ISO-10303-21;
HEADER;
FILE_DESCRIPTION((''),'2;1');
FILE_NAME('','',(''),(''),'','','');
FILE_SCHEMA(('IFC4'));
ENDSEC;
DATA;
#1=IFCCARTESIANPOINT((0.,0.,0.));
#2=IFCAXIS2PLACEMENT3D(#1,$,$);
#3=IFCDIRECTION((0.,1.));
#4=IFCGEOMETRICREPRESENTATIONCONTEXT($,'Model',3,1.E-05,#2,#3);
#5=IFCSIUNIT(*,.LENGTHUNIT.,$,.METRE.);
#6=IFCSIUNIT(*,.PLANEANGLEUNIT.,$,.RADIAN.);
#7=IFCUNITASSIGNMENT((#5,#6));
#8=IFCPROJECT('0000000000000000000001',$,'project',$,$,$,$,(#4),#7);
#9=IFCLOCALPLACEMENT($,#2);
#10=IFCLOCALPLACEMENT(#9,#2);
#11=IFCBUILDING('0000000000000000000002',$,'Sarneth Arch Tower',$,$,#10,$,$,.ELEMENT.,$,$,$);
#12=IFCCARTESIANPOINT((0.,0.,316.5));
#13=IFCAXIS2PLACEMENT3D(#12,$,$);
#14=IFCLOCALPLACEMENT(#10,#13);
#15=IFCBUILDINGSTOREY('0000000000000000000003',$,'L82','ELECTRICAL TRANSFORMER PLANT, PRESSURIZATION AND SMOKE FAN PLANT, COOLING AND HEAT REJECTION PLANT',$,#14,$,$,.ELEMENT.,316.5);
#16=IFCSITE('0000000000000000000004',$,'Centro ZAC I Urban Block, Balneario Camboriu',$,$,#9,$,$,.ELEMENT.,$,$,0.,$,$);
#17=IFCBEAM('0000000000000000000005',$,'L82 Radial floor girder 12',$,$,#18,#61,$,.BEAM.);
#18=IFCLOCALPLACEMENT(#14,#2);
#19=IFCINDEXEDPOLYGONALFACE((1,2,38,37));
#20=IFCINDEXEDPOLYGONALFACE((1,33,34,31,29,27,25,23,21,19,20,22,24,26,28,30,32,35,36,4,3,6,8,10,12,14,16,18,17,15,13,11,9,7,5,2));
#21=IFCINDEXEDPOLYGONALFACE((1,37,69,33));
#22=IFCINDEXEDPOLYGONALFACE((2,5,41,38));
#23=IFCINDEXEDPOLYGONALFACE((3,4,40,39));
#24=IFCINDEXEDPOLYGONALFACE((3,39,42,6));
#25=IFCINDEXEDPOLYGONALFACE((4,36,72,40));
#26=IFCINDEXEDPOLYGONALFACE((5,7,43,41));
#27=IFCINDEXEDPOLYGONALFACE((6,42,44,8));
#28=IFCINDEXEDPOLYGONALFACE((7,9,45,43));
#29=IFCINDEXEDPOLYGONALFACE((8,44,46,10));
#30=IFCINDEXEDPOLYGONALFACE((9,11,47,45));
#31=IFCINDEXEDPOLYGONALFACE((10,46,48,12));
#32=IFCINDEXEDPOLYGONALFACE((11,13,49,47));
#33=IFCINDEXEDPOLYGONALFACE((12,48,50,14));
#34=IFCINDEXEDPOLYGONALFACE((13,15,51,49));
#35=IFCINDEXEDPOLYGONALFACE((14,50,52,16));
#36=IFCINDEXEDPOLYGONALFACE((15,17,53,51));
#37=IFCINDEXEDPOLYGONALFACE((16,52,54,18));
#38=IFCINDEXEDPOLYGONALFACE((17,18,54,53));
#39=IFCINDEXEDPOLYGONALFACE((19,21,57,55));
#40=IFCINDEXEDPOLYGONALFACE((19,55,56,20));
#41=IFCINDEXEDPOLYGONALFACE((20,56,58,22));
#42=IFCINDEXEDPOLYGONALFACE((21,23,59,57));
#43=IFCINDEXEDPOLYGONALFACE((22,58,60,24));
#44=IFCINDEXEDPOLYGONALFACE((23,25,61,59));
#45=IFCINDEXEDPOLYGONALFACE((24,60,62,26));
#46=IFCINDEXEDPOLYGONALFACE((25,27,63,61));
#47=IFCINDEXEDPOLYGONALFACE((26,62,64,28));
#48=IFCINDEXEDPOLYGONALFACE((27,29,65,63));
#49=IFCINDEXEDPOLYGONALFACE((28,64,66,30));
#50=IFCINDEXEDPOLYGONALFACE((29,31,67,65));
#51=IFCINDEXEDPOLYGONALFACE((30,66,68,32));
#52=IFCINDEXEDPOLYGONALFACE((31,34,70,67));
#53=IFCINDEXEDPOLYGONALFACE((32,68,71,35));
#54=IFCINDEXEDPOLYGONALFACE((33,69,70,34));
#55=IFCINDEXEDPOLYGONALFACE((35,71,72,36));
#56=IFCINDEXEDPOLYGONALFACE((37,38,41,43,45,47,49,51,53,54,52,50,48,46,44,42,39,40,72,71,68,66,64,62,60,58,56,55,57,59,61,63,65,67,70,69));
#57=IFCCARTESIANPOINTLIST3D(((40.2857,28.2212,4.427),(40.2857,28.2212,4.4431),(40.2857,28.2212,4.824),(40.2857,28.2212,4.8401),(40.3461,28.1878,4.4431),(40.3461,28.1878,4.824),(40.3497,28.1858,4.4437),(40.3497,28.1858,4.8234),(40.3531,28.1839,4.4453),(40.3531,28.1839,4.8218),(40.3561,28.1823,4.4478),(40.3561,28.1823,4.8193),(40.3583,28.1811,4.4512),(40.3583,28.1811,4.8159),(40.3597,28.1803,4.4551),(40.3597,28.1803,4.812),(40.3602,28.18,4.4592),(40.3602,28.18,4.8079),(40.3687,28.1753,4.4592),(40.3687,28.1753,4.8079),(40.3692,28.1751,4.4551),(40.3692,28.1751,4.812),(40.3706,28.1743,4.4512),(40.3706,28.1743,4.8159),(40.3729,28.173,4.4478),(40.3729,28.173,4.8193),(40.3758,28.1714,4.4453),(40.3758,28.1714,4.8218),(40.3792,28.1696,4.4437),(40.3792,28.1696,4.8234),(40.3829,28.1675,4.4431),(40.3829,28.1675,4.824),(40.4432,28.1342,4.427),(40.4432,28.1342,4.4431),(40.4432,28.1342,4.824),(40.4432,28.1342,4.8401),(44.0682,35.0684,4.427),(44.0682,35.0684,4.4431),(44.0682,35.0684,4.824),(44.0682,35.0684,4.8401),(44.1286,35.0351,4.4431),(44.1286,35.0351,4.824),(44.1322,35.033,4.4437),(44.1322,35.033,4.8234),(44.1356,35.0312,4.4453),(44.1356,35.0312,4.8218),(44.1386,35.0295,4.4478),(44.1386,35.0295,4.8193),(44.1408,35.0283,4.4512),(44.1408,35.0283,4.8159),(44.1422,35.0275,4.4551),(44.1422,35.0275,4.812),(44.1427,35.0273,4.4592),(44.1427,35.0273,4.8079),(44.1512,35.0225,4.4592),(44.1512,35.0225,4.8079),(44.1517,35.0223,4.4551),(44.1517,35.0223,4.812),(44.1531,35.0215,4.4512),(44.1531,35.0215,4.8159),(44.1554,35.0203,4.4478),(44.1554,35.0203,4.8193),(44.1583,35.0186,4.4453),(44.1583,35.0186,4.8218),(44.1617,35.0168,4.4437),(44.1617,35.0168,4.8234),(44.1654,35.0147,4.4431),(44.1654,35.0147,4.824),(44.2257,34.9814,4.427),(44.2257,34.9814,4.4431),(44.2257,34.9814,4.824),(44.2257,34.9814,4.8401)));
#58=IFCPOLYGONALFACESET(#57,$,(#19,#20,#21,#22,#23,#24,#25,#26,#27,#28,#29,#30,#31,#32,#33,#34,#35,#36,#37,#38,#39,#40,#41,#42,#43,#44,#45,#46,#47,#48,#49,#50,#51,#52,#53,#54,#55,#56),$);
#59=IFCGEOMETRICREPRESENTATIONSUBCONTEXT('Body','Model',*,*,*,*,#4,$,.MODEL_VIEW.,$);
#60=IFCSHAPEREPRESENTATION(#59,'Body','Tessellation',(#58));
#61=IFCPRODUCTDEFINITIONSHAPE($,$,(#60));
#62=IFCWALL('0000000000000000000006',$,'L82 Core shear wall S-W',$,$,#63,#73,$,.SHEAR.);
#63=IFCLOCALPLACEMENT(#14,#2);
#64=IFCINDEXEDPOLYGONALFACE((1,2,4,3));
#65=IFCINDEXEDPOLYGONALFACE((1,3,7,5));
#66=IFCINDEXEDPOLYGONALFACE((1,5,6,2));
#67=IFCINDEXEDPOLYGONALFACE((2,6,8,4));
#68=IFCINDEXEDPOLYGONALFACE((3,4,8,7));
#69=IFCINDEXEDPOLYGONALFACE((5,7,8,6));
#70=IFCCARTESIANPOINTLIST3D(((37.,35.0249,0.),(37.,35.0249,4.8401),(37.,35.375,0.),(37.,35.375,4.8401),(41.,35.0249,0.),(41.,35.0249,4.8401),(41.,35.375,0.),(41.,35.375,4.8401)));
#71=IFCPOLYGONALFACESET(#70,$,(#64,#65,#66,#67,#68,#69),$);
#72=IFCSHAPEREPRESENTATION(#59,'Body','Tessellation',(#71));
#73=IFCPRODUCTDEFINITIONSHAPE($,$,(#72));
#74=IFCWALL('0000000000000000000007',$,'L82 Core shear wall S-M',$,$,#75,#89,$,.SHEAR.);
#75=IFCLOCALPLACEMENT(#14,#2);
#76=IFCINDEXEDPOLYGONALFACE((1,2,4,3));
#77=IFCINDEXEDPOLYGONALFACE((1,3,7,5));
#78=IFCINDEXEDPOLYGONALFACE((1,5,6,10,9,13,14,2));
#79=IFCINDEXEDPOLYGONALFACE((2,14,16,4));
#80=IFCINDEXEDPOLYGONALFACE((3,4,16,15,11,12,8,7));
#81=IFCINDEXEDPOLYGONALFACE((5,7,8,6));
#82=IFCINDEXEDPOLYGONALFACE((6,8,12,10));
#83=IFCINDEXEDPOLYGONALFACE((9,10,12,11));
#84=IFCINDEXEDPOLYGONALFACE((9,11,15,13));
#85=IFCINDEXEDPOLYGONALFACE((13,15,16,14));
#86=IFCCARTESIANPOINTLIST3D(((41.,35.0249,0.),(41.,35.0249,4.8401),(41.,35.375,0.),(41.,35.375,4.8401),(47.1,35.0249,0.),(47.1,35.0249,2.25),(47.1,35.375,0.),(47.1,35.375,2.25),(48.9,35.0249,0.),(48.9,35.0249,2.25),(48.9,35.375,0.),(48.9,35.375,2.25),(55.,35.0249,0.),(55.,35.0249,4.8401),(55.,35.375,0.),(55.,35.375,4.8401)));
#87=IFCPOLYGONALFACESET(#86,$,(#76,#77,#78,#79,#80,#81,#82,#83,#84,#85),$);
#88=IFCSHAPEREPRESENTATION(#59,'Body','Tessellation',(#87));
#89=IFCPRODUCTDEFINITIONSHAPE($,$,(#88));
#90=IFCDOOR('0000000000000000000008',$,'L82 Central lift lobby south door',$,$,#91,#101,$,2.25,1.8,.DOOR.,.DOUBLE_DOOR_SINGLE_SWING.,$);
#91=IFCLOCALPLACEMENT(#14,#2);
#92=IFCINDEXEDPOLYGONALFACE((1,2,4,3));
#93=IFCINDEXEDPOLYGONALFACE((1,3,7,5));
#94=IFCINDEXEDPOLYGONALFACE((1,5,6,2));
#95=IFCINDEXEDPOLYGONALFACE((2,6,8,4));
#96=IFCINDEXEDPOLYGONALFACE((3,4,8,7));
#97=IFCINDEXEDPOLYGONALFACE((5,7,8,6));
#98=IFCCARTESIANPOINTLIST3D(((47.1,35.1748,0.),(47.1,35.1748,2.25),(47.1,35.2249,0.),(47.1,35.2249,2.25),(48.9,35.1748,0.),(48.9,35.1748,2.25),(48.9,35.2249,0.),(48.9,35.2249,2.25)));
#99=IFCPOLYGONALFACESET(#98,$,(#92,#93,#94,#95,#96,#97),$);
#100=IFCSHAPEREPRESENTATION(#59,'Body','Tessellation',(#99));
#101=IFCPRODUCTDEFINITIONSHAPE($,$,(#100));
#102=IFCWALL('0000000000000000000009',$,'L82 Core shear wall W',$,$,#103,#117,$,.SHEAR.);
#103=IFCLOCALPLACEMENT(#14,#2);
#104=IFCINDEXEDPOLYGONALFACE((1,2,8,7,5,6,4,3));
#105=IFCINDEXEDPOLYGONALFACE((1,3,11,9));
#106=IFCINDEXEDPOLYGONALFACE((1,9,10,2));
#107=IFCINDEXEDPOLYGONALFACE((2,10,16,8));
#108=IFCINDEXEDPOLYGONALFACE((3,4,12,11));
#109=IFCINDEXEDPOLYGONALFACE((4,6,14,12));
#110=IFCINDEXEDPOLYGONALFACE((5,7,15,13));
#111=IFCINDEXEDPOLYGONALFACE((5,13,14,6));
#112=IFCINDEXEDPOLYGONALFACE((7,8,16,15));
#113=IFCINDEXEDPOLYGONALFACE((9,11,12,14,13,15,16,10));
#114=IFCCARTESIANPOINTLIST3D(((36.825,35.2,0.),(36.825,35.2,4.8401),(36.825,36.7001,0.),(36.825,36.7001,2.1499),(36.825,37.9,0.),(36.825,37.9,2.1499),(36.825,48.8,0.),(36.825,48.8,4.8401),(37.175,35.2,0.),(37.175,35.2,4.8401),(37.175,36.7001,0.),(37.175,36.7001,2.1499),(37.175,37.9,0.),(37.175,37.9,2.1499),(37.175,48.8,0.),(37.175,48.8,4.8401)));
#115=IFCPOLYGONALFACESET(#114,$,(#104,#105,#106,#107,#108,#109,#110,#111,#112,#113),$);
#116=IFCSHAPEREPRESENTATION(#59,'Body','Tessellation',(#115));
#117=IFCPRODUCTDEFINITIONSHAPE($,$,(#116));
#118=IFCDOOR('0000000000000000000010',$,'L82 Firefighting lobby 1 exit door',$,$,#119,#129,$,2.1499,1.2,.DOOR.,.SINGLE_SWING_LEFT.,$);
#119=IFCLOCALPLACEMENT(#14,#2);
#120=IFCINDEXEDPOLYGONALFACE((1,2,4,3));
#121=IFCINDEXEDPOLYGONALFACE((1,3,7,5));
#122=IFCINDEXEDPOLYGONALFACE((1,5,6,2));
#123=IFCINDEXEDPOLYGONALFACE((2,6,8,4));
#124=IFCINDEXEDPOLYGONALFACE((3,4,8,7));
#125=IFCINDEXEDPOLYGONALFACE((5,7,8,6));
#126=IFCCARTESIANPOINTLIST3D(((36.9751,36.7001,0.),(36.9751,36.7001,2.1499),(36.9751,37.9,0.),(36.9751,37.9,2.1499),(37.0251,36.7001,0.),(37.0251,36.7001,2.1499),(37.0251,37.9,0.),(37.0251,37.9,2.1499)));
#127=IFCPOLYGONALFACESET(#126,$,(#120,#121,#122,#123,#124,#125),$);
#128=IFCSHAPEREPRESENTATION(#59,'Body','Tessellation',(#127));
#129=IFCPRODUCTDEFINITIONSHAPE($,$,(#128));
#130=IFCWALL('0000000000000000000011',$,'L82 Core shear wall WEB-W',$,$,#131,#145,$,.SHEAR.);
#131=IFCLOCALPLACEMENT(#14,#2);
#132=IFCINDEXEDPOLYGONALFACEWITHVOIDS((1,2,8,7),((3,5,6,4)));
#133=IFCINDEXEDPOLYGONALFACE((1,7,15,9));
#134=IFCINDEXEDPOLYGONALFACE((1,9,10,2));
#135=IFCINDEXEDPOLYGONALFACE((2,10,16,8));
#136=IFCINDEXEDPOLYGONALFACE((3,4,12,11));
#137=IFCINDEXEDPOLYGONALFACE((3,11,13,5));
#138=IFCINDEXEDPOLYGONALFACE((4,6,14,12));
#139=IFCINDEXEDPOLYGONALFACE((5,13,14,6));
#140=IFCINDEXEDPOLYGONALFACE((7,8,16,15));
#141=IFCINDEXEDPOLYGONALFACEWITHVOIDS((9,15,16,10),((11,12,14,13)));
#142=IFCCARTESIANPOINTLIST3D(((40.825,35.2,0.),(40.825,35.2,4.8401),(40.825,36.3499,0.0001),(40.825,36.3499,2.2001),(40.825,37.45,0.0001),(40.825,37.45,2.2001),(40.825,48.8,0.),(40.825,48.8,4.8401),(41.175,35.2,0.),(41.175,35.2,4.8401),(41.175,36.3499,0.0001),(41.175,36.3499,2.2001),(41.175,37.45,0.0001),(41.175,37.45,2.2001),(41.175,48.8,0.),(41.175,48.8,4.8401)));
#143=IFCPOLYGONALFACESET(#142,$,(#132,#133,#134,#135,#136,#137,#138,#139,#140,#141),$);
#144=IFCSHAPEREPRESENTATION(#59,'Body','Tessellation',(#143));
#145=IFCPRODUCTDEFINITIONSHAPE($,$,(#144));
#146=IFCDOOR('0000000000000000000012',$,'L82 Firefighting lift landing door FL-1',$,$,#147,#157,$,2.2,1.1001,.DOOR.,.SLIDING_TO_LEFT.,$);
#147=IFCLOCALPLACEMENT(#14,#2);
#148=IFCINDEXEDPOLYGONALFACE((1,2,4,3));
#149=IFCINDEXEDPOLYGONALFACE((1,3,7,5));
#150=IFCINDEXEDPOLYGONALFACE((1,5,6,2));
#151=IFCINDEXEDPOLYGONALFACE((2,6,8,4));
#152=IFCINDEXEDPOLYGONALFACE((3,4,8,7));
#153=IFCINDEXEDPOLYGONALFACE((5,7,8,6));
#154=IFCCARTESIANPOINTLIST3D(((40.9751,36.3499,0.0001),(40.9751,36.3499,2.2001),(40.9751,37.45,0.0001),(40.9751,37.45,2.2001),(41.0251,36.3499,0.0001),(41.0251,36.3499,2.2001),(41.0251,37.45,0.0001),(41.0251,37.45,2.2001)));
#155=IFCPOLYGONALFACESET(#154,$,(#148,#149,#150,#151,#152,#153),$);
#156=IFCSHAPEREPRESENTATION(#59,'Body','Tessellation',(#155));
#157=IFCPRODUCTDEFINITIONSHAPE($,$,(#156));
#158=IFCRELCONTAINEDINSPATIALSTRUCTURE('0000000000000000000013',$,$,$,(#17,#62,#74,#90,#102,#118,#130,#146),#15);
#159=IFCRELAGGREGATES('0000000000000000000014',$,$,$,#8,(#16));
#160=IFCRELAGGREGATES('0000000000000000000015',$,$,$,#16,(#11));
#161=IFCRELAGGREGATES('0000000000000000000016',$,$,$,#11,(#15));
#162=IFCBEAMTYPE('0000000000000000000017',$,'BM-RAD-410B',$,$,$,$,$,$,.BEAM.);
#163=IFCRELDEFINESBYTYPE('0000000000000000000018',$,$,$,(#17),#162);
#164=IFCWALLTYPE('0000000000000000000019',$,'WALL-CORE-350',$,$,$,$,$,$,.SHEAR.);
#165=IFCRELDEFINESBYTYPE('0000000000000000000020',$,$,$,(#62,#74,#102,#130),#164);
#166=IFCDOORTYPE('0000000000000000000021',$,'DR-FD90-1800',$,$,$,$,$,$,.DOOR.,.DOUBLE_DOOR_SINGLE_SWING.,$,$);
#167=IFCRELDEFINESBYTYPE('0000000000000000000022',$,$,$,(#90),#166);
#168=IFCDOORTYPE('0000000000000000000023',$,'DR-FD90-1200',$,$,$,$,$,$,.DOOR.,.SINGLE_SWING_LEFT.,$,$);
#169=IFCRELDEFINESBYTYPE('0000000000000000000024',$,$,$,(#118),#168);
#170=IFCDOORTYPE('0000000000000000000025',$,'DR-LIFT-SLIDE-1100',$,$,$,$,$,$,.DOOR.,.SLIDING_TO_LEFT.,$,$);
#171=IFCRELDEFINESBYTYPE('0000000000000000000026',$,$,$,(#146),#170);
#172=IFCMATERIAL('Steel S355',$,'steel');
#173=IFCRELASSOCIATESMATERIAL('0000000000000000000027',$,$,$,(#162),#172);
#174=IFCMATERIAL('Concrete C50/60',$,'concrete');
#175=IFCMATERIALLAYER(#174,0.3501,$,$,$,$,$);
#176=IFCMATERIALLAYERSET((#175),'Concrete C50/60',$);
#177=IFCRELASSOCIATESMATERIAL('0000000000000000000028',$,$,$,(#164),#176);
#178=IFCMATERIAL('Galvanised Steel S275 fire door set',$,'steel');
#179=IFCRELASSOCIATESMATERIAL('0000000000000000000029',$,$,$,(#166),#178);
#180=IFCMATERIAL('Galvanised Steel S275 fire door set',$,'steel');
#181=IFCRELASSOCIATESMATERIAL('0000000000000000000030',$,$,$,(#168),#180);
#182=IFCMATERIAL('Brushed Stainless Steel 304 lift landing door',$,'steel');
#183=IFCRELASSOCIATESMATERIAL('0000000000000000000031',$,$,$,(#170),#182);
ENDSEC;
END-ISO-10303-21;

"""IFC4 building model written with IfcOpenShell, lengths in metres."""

from ifc_helpers import new_model, si_unit, direction, frame, frame_2d, origin, origin_2d, place, context, subcontext, project, spatial, rectangle, i_section, extrude, material, layer, layer_set, material_profile, profile_set, type_object, element, fill, save


model = new_model("IFC4")

# Units and contexts
model_context = context("Model", 3, precision=1e-05, world=origin(), true_north=direction((0.0, 1.0)))
body_context = subcontext(model_context, "Body", "Model", "MODEL_VIEW")
ifc_project = project(units=[si_unit("LENGTHUNIT", "METRE"), si_unit("PLANEANGLEUNIT", "RADIAN")], contexts=[model_context])

# Site, building, storey
site_placement = place(None, origin())
site = spatial("IfcSite", under=ifc_project, at=site_placement, Name="Centro ZAC I Urban Block, Balneario Camboriu", CompositionType="ELEMENT", RefElevation=0.0)
building_placement = place(site_placement, origin())
building = spatial("IfcBuilding", under=site, at=building_placement, Name="Sarneth Arch Tower", CompositionType="ELEMENT")
storey_placement = place(building_placement, frame((0.0, 0.0, 316.5)))
storey = spatial("IfcBuildingStorey", under=building, at=storey_placement, Name="L82", Description="ELECTRICAL TRANSFORMER PLANT, PRESSURIZATION AND SMOKE FAN PLANT, COOLING AND HEAT REJECTION PLANT", CompositionType="ELEMENT", Elevation=316.5)

# Beam
ifc_material_1 = material(Name="Steel S355", Category="steel")
ifc_material_profile_1 = material_profile(ifc_material_1, i_section(OverallWidth=0.1799, OverallDepth=0.4131, WebThickness=0.0098, FlangeThickness=0.0161, FilletRadius=0.0161, at=origin_2d()), Name="W410x75")
ifc_profile_set_1 = profile_set([ifc_material_profile_1], Name="Steel S355")
beam_type_1 = type_object("IfcBeamType", Name="BM-RAD-410B", PredefinedType="BEAM", material=ifc_profile_set_1)
beam_1_placement = place(storey_placement, frame((44.147, 35.0249, 4.6335), z_axis=(-0.48354, -0.875322, 0.0), x_axis=(0.875322, -0.48354, 0.0)))
element("IfcBeam", 1, at=beam_1_placement, inside=storey, type_object=beam_type_1, Name="L82 Radial floor girder 12", PredefinedType="BEAM", context=body_context, shape_type="SweptSolid", body=[
    extrude(i_section(OverallWidth=0.1799, OverallDepth=0.4131, WebThickness=0.0098, FlangeThickness=0.0161, FilletRadius=0.0161, at=origin_2d()), origin(), (0.0, 0.0, 1.0), 7.8225),
])

# Wall
ifc_material_2 = material(Name="Concrete C50/60", Category="concrete")
ifc_layer_1 = layer(ifc_material_2, 0.3501)
ifc_layer_set_1 = layer_set([ifc_layer_1], Name="Concrete C50/60")
wall_type_1 = type_object("IfcWallType", Name="WALL-CORE-350", PredefinedType="SHEAR", material=ifc_layer_set_1)
wall_1_placement = place(storey_placement, frame((37.0, 35.2, 0.0), z_axis=(0.0, 0.0, 1.0), x_axis=(1.0, 0.0, 0.0)))
element("IfcWall", 2, at=wall_1_placement, inside=storey, type_object=wall_type_1, Name="L82 Core shear wall S-W", PredefinedType="SHEAR", context=body_context, shape_type="SweptSolid", body=[
    extrude(rectangle(XDim=4.0, YDim=0.3501, at=frame_2d((2.0, 0.0))), origin(), (0.0, 0.0, 1.0), 4.8401),
])

# Walls, openings, doors
wall_2_placement = place(storey_placement, frame((41.0, 35.2, 0.0), z_axis=(0.0, 0.0, 1.0), x_axis=(1.0, 0.0, 0.0)))
wall_2 = element("IfcWall", 3, at=wall_2_placement, inside=storey, type_object=wall_type_1, Name="L82 Core shear wall S-M", PredefinedType="SHEAR", context=body_context, shape_type="SweptSolid", body=[
    extrude(rectangle(XDim=14.0, YDim=0.3501, at=frame_2d((7.0, 0.0))), origin(), (0.0, 0.0, 1.0), 4.8401),
])
opening_1_placement = place(wall_2_placement, frame((6.1001, 0.0, 0.0)))
opening_1 = element("IfcOpeningElement", 4, at=opening_1_placement, cuts=wall_2, PredefinedType="OPENING", context=body_context, shape_type="SweptSolid", body=[
    extrude(rectangle(XDim=1.8, YDim=2.25, at=frame_2d((0.8999, 1.125))), frame((0.0, 0.1851, 0.0), z_axis=(0.0, -1.0, 0.0), x_axis=(1.0, 0.0, 0.0)), (0.0, 0.0, 1.0), 0.3701),
])
ifc_material_3 = material(Name="Galvanised Steel S275 fire door set", Category="steel")
door_type_1 = type_object("IfcDoorType", Name="DR-FD90-1800", OperationType="DOUBLE_DOOR_SINGLE_SWING", PredefinedType="DOOR", material=ifc_material_3)
door_1_placement = place(opening_1_placement, origin())
door_1 = element("IfcDoor", 5, at=door_1_placement, inside=storey, type_object=door_type_1, Name="L82 Central lift lobby south door", OperationType="DOUBLE_DOOR_SINGLE_SWING", OverallHeight=2.25, OverallWidth=1.8, PredefinedType="DOOR", context=body_context, shape_type="SweptSolid", body=[
    extrude(rectangle(XDim=1.8, YDim=2.25, at=frame_2d((0.8999, 1.125))), frame((0.0, 0.0249, 0.0), z_axis=(0.0, -1.0, 0.0), x_axis=(1.0, 0.0, 0.0)), (0.0, 0.0, 1.0), 0.05),
])
fill(opening_1, door_1)
wall_3_placement = place(storey_placement, frame((37.0, 35.2, 0.0), z_axis=(0.0, 0.0, 1.0), x_axis=(0.0, 1.0, 0.0)))
wall_3 = element("IfcWall", 6, at=wall_3_placement, inside=storey, type_object=wall_type_1, Name="L82 Core shear wall W", PredefinedType="SHEAR", context=body_context, shape_type="SweptSolid", body=[
    extrude(rectangle(XDim=13.6001, YDim=0.3501, at=frame_2d((6.8, 0.0))), origin(), (0.0, 0.0, 1.0), 4.8401),
])
opening_2_placement = place(wall_3_placement, frame((1.5, 0.0, 0.0)))
opening_2 = element("IfcOpeningElement", 7, at=opening_2_placement, cuts=wall_3, PredefinedType="OPENING", context=body_context, shape_type="SweptSolid", body=[
    extrude(rectangle(XDim=1.2, YDim=2.1499, at=frame_2d((0.6001, 1.075))), frame((0.0, 0.1851, 0.0), z_axis=(0.0, -1.0, 0.0), x_axis=(1.0, 0.0, 0.0)), (0.0, 0.0, 1.0), 0.3701),
])
ifc_material_4 = material(Name="Galvanised Steel S275 fire door set", Category="steel")
door_type_2 = type_object("IfcDoorType", Name="DR-FD90-1200", OperationType="SINGLE_SWING_LEFT", PredefinedType="DOOR", material=ifc_material_4)
door_2_placement = place(opening_2_placement, origin())
door_2 = element("IfcDoor", 8, at=door_2_placement, inside=storey, type_object=door_type_2, Name="L82 Firefighting lobby 1 exit door", OperationType="SINGLE_SWING_LEFT", OverallHeight=2.1499, OverallWidth=1.2, PredefinedType="DOOR", context=body_context, shape_type="SweptSolid", body=[
    extrude(rectangle(XDim=1.2, YDim=2.1499, at=frame_2d((0.6001, 1.075))), frame((0.0, 0.0249, 0.0), z_axis=(0.0, -1.0, 0.0), x_axis=(1.0, 0.0, 0.0)), (0.0, 0.0, 1.0), 0.05),
])
fill(opening_2, door_2)
wall_4_placement = place(storey_placement, frame((41.0, 35.2, 0.0), z_axis=(0.0, 0.0, 1.0), x_axis=(0.0, 1.0, 0.0)))
wall_4 = element("IfcWall", 9, at=wall_4_placement, inside=storey, type_object=wall_type_1, Name="L82 Core shear wall WEB-W", PredefinedType="SHEAR", context=body_context, shape_type="SweptSolid", body=[
    extrude(rectangle(XDim=13.6001, YDim=0.3501, at=frame_2d((6.8, 0.0))), origin(), (0.0, 0.0, 1.0), 4.8401),
])
opening_3_placement = place(wall_4_placement, frame((1.1499, 0.0, 0.0)))
opening_3 = element("IfcOpeningElement", 10, at=opening_3_placement, cuts=wall_4, PredefinedType="OPENING", context=body_context, shape_type="SweptSolid", body=[
    extrude(rectangle(XDim=1.1001, YDim=2.2, at=frame_2d((0.55, 1.1001))), frame((0.0, 0.1851, 0.0), z_axis=(0.0, -1.0, 0.0), x_axis=(1.0, 0.0, 0.0)), (0.0, 0.0, 1.0), 0.3701),
])
ifc_material_5 = material(Name="Brushed Stainless Steel 304 lift landing door", Category="steel")
door_type_3 = type_object("IfcDoorType", Name="DR-LIFT-SLIDE-1100", OperationType="SLIDING_TO_LEFT", PredefinedType="DOOR", material=ifc_material_5)
door_3_placement = place(opening_3_placement, origin())
door_3 = element("IfcDoor", 11, at=door_3_placement, inside=storey, type_object=door_type_3, Name="L82 Firefighting lift landing door FL-1", OperationType="SLIDING_TO_LEFT", OverallHeight=2.2, OverallWidth=1.1001, PredefinedType="DOOR", context=body_context, shape_type="SweptSolid", body=[
    extrude(rectangle(XDim=1.1001, YDim=2.2, at=frame_2d((0.55, 1.1001))), frame((0.0, 0.0249, 0.0), z_axis=(0.0, -1.0, 0.0), x_axis=(1.0, 0.0, 0.0)), (0.0, 0.0, 1.0), 0.05),
])
fill(opening_3, door_3)

save(model, "model.ifc")
